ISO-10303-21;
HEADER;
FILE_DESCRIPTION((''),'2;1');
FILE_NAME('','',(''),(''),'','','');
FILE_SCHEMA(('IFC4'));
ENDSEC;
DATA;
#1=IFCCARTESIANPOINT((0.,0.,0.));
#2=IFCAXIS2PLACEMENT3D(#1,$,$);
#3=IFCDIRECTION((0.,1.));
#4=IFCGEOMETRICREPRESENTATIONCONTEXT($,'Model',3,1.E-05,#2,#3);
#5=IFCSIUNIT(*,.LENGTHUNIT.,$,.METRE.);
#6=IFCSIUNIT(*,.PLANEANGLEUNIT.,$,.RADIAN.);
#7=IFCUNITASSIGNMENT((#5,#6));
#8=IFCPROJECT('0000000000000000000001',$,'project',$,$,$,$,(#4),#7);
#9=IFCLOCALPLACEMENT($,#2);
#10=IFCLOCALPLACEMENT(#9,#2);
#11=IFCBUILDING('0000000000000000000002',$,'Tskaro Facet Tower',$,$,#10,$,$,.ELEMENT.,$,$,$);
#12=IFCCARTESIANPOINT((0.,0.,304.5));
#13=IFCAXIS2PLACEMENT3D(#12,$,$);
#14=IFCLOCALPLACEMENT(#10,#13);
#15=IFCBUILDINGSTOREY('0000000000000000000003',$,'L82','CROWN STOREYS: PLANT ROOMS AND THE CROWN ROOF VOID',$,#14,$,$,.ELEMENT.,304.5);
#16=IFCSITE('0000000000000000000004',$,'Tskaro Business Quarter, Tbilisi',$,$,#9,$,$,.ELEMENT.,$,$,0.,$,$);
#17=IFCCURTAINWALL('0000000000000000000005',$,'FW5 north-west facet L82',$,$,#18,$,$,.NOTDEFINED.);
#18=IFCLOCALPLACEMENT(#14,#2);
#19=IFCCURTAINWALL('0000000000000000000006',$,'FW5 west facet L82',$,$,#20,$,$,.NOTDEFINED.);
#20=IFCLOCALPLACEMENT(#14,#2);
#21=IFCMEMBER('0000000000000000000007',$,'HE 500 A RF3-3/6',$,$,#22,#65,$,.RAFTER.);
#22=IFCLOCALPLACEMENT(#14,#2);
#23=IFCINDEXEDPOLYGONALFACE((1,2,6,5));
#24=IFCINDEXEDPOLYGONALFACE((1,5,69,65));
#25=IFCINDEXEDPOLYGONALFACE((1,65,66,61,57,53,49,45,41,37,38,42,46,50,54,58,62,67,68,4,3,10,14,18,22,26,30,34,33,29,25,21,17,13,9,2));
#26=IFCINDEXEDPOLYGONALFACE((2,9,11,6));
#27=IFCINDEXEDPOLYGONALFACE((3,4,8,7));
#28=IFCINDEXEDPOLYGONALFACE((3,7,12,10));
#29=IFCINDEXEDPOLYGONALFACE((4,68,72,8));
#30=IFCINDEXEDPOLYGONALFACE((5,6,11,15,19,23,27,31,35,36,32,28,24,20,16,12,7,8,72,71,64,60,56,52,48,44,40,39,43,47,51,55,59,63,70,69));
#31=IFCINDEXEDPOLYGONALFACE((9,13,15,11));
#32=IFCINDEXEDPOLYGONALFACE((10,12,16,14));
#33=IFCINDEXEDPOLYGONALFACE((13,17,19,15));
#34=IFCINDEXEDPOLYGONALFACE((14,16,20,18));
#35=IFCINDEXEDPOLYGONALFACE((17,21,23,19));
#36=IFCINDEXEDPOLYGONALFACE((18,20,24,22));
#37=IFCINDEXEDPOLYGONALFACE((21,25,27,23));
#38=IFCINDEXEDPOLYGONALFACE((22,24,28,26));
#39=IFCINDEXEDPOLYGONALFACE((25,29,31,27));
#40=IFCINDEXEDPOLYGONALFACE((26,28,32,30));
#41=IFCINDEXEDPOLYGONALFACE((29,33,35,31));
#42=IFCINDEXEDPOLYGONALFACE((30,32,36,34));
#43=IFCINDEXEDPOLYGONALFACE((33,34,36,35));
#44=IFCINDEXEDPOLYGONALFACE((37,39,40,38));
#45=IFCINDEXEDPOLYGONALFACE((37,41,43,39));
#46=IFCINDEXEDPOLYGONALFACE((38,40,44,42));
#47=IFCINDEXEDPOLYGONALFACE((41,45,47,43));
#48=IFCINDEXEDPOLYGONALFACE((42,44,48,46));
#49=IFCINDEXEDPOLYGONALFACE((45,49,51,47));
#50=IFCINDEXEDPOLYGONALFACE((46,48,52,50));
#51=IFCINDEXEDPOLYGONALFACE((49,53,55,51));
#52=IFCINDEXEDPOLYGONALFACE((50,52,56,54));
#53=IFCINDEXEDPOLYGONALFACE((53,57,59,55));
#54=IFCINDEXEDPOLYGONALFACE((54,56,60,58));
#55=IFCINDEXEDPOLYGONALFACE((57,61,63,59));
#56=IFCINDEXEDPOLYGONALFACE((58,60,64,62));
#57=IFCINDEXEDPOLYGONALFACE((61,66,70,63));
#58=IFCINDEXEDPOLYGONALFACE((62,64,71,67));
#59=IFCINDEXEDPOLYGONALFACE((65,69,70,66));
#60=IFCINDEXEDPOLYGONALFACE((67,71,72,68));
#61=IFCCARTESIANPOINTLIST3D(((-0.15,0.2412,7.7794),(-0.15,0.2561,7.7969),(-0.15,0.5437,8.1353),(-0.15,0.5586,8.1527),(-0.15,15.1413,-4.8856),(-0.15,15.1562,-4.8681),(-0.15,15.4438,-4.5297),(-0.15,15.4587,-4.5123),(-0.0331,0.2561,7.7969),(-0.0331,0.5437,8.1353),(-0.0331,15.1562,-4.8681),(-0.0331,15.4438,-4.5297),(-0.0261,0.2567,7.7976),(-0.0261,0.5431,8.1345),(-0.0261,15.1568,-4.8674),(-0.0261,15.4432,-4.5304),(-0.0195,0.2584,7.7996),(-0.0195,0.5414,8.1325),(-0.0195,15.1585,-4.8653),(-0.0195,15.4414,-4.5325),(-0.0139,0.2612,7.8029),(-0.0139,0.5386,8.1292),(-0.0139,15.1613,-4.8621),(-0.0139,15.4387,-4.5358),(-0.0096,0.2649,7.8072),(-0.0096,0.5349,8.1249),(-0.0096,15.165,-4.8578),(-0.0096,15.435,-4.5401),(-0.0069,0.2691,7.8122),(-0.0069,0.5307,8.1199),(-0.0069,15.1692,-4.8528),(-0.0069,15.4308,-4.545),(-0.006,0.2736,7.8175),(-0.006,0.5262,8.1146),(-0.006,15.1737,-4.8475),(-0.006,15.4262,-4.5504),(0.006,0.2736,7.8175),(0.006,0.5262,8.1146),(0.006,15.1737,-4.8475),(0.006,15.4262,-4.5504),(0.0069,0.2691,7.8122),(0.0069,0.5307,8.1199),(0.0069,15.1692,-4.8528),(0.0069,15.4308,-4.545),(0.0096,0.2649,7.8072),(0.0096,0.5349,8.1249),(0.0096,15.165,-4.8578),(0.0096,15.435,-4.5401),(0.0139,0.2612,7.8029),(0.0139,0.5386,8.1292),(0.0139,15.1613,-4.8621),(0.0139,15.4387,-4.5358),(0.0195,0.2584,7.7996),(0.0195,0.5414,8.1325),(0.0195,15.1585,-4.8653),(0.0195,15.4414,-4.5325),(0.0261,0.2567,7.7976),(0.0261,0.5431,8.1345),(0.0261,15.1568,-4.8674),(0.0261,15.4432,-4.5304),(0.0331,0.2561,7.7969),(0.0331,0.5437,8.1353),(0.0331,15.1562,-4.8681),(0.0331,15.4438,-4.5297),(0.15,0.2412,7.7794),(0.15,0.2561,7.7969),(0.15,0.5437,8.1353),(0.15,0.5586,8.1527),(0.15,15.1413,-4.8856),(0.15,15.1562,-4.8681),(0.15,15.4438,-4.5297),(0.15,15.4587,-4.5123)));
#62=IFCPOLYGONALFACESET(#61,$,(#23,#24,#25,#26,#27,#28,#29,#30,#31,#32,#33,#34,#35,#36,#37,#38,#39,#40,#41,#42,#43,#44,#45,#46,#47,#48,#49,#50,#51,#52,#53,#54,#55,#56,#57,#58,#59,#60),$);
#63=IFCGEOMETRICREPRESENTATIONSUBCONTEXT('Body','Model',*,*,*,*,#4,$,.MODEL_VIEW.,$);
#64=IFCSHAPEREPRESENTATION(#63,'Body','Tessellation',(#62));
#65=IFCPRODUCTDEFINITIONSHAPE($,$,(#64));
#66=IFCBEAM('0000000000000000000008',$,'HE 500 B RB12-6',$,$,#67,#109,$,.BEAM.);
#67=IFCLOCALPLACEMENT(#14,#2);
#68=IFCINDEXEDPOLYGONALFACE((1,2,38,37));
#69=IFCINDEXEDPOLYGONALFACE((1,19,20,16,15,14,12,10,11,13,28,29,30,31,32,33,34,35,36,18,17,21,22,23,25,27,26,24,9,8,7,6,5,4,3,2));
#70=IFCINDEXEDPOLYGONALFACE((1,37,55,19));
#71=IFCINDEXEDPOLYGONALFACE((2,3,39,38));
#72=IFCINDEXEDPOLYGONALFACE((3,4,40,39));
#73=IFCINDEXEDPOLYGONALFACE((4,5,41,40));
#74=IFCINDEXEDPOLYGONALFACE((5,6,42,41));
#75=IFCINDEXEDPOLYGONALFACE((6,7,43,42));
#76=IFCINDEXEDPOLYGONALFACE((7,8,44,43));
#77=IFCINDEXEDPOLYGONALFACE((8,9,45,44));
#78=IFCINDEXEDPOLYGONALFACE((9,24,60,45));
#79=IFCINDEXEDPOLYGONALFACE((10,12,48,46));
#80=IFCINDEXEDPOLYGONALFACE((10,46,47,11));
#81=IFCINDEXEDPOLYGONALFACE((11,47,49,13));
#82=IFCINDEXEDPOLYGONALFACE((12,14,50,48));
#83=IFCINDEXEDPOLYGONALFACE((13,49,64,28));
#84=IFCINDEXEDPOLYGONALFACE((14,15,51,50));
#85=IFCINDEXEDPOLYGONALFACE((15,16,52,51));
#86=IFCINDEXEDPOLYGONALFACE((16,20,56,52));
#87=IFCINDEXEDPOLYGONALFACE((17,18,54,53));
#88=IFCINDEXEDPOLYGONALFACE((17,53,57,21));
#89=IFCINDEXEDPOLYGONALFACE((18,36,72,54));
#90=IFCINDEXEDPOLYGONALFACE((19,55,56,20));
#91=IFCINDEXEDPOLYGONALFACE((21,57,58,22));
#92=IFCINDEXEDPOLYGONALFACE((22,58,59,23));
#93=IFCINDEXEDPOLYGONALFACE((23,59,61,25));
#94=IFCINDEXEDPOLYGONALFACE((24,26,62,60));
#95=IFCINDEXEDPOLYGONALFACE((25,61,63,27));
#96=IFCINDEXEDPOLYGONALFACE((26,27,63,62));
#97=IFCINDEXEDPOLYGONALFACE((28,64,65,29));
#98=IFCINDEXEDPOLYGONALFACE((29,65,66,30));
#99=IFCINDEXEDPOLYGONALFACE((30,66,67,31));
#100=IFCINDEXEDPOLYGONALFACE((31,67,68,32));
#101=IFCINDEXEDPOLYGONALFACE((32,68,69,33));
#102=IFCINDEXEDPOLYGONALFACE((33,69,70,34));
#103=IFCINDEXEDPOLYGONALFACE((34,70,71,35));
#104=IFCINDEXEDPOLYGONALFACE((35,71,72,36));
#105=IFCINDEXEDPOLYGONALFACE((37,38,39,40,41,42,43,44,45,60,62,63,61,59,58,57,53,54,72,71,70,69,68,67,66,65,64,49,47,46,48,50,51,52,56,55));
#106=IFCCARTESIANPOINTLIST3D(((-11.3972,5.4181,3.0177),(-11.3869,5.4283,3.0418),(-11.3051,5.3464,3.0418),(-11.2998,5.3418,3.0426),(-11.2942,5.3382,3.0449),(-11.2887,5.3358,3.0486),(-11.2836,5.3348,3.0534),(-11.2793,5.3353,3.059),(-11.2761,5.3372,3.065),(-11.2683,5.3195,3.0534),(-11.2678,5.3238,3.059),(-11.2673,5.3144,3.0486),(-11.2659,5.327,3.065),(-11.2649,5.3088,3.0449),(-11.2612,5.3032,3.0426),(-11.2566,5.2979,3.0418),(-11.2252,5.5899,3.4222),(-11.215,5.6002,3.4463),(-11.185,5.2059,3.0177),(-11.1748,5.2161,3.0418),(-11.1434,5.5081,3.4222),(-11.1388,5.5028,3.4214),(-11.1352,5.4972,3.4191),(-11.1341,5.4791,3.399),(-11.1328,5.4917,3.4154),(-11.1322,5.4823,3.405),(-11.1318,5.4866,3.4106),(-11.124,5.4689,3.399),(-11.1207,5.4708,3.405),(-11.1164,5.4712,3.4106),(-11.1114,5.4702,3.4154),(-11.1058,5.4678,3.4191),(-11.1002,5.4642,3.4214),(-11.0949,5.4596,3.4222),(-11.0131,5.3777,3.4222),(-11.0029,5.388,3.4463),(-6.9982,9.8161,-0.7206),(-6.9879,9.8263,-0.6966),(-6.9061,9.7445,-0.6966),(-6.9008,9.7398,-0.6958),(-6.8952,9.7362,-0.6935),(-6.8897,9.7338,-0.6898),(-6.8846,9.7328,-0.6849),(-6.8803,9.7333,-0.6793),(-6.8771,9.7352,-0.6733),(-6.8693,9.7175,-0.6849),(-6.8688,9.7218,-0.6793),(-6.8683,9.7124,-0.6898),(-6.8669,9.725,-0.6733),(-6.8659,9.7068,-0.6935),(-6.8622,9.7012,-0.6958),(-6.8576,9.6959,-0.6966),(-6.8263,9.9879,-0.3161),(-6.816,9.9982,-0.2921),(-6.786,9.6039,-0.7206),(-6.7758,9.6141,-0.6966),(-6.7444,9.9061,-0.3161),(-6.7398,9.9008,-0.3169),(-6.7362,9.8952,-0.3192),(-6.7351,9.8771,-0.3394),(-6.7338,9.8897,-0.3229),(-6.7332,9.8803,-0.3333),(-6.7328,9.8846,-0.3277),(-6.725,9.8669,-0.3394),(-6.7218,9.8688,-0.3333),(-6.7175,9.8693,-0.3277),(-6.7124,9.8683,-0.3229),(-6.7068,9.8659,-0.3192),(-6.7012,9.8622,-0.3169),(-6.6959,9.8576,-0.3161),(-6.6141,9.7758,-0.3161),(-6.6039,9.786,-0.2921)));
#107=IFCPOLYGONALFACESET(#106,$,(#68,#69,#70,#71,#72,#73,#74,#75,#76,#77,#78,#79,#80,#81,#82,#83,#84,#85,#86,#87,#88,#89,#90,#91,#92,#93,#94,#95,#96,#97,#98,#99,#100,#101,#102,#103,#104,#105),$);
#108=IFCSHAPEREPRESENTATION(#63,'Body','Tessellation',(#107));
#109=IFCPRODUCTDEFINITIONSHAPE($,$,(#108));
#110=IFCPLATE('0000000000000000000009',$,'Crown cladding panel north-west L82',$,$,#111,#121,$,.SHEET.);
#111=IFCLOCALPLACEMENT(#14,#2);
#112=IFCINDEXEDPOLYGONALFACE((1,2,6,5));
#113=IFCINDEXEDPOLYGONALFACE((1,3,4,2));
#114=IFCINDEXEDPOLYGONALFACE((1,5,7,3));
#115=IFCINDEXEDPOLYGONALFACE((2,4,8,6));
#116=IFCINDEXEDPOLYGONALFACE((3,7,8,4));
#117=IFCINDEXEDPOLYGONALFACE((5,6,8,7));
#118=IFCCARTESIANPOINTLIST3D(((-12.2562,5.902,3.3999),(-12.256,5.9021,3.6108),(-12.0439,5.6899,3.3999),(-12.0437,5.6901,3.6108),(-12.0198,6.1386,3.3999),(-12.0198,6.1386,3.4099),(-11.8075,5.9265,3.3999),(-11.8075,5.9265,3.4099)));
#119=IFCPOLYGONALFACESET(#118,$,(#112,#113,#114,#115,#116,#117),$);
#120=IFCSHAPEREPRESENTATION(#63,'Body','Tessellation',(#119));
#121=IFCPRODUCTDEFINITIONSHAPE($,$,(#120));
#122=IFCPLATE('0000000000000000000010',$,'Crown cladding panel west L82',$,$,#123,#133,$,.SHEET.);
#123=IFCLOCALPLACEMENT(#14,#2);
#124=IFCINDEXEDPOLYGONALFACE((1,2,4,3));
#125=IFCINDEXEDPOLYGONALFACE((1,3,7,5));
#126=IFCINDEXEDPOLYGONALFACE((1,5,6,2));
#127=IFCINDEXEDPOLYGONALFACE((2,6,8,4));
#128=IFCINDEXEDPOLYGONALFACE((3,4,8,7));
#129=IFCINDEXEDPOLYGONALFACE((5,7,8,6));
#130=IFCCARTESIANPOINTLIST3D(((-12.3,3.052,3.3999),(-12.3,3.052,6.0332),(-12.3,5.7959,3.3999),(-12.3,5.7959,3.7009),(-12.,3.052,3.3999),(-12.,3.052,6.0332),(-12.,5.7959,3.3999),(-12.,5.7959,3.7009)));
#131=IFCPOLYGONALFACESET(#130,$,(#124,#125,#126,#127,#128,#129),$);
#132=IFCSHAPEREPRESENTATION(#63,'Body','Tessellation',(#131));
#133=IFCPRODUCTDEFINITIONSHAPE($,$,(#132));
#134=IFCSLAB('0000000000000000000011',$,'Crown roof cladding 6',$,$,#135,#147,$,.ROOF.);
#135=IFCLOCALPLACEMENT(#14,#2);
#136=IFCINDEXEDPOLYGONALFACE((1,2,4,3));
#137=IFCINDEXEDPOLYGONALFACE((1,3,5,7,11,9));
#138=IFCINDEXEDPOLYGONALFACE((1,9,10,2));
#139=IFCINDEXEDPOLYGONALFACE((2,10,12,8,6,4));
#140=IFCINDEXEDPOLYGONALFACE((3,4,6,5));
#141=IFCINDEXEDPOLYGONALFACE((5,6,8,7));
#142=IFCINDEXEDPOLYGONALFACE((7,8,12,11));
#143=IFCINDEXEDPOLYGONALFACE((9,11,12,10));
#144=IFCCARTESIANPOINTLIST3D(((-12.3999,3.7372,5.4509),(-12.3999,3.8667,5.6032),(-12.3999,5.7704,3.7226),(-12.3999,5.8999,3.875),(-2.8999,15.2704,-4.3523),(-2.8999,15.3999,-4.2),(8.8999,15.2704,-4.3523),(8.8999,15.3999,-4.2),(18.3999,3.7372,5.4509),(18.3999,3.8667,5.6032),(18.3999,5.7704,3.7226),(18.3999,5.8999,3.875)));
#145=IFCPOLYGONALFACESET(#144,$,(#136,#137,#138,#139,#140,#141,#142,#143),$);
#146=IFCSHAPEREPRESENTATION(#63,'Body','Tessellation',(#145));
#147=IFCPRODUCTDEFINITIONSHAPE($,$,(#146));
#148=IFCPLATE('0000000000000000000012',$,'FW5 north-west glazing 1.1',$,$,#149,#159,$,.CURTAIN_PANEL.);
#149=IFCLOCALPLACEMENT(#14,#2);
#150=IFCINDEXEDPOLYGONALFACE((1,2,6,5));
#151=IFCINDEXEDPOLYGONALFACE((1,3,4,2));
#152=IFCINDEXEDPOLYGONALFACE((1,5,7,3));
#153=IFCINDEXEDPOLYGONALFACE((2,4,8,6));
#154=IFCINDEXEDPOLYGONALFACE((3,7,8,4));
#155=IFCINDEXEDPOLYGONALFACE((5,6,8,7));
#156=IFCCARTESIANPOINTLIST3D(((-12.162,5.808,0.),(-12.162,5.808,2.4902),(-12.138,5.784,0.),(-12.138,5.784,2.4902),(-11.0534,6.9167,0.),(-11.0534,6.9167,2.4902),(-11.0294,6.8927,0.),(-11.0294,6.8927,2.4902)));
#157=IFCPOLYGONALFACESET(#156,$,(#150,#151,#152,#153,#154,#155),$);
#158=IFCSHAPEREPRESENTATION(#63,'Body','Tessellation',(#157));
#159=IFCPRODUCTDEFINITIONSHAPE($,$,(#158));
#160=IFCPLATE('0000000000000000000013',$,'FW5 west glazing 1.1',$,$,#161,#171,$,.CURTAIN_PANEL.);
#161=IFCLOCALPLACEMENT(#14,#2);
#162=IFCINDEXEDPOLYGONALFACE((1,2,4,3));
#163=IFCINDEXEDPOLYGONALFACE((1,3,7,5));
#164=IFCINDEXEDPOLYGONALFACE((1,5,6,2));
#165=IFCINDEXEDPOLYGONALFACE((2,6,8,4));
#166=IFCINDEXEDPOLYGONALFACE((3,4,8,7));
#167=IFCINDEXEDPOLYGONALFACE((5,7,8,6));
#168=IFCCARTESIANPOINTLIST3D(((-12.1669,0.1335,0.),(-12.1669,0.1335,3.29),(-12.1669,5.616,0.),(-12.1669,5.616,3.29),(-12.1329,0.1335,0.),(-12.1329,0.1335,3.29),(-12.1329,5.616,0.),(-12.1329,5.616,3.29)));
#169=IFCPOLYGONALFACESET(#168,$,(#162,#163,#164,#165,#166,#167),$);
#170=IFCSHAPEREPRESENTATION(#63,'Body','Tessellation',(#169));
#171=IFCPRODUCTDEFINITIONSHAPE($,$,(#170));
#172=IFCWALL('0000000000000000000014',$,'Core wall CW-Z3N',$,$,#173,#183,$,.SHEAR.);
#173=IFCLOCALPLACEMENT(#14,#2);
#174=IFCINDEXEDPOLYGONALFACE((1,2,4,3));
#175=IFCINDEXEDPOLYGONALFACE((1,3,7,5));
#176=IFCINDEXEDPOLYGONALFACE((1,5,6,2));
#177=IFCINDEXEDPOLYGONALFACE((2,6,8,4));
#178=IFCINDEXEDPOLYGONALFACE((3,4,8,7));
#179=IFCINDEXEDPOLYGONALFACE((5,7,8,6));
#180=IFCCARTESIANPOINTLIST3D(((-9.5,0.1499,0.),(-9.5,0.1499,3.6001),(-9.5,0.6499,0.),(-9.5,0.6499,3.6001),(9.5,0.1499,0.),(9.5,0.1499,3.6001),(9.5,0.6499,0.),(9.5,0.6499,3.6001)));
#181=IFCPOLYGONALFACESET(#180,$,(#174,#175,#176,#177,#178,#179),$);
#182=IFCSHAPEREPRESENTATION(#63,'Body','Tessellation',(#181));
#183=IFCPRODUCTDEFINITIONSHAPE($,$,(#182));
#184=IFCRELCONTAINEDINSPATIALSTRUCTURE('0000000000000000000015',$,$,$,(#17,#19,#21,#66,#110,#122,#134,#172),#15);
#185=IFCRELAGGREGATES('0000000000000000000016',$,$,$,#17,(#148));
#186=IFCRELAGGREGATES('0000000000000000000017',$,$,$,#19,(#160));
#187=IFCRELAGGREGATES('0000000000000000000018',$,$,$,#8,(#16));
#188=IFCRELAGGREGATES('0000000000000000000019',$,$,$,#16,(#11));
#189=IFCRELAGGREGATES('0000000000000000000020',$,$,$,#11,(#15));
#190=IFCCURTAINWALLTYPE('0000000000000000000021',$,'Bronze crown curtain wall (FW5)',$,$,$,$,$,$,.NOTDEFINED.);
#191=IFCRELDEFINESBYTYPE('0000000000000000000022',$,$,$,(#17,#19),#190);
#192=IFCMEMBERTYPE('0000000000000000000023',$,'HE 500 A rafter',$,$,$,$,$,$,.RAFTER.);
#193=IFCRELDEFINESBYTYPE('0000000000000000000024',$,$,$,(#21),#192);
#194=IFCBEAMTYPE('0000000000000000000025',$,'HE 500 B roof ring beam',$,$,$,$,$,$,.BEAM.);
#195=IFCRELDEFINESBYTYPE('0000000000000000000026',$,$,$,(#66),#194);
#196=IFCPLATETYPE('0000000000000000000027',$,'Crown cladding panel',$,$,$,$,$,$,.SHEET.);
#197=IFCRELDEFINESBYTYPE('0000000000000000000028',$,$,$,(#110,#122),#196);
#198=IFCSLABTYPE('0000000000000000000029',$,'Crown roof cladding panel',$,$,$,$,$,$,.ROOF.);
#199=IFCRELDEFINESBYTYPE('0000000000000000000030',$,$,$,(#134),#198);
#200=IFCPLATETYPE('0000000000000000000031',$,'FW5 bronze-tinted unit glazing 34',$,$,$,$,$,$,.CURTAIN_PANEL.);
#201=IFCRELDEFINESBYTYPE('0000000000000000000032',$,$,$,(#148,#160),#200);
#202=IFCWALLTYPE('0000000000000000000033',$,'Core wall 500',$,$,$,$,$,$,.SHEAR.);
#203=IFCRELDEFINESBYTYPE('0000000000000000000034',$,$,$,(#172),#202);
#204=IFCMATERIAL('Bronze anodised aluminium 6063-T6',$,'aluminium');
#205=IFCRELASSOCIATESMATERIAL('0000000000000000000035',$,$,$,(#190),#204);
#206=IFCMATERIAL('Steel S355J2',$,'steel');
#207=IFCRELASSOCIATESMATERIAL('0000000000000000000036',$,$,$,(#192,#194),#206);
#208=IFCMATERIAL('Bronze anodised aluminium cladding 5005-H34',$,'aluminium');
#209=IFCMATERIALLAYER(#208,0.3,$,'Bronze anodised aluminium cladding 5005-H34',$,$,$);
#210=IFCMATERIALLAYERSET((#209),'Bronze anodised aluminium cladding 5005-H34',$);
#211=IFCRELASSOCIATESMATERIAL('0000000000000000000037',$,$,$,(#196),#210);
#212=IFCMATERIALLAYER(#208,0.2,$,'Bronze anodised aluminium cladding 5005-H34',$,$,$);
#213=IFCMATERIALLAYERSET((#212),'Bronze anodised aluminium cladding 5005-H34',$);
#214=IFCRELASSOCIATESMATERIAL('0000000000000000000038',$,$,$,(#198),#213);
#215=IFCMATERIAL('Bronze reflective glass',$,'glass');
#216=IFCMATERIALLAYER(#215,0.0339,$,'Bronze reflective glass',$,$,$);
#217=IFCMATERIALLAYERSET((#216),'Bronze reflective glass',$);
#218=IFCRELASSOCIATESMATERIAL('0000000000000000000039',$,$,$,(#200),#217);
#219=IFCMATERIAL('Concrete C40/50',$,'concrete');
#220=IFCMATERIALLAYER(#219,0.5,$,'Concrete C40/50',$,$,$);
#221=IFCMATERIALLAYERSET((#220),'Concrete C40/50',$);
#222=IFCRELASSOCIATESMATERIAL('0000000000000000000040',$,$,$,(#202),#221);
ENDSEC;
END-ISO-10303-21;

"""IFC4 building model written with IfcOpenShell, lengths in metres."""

from ifc_helpers import new_model, si_unit, direction, frame, origin, origin_2d, place, context, subcontext, project, spatial, polyline, rectangle, i_section, outline, extrude, material, layer, layer_set, material_profile, profile_set, type_object, element, aggregate, save


model = new_model("IFC4")

# Units and contexts
model_context = context("Model", 3, precision=1e-05, world=origin(), true_north=direction((0.0, 1.0)))
body_context = subcontext(model_context, "Body", "Model", "MODEL_VIEW")
ifc_project = project(units=[si_unit("LENGTHUNIT", "METRE"), si_unit("PLANEANGLEUNIT", "RADIAN")], contexts=[model_context])

# Site, building, storey
site_placement = place(None, origin())
site = spatial("IfcSite", under=ifc_project, at=site_placement, Name="Tskaro Business Quarter, Tbilisi", CompositionType="ELEMENT", RefElevation=0.0)
building_placement = place(site_placement, origin())
building = spatial("IfcBuilding", under=site, at=building_placement, Name="Tskaro Facet Tower", CompositionType="ELEMENT")
storey_placement = place(building_placement, frame((0.0, 0.0, 304.5)))
storey = spatial("IfcBuildingStorey", under=building, at=storey_placement, Name="L82", Description="CROWN STOREYS: PLANT ROOMS AND THE CROWN ROOF VOID", CompositionType="ELEMENT", Elevation=304.5)

# Curtain walls
ifc_material_1 = material(Name="Bronze anodised aluminium 6063-T6", Category="aluminium")
curtain_wall_type = type_object("IfcCurtainWallType", Name="Bronze crown curtain wall (FW5)", PredefinedType="NOTDEFINED", material=ifc_material_1)
curtain_wall_1_placement = place(storey_placement, origin())
curtain_wall_1 = element("IfcCurtainWall", 1, at=curtain_wall_1_placement, inside=storey, type_object=curtain_wall_type, Name="FW5 north-west facet L82", PredefinedType="NOTDEFINED")
curtain_wall_2_placement = place(storey_placement, origin())
curtain_wall_2 = element("IfcCurtainWall", 2, at=curtain_wall_2_placement, inside=storey, type_object=curtain_wall_type, Name="FW5 west facet L82", PredefinedType="NOTDEFINED")

# Member
ifc_material_2 = material(Name="Steel S355J2", Category="steel")
ifc_material_profile_1 = material_profile(ifc_material_2, i_section(OverallWidth=0.3, OverallDepth=0.49, WebThickness=0.012, FlangeThickness=0.0229, FilletRadius=0.0271, at=origin_2d()), Name="HE 500 A")
ifc_profile_set_1 = profile_set([ifc_material_profile_1], Name="Steel S355J2")
member_type_1 = type_object("IfcMemberType", Name="HE 500 A rafter", PredefinedType="RAFTER", material=ifc_profile_set_1)
member_1_placement = place(storey_placement, frame((0.0, 0.3999, 7.9661), z_axis=(0.0, 0.761941, -0.647646), x_axis=(-1.0, 0.0, 0.0)))
element("IfcMember", 3, at=member_1_placement, inside=storey, type_object=member_type_1, Name="HE 500 A RF3-3/6", PredefinedType="RAFTER", context=body_context, shape_type="SweptSolid", body=[
    extrude(i_section(OverallWidth=0.3, OverallDepth=0.49, WebThickness=0.012, FlangeThickness=0.0229, FilletRadius=0.0271, at=origin_2d()), origin(), (0.0, 0.0, 1.0), 19.5554),
])

# Beam
ifc_material_profile_2 = material_profile(ifc_material_2, i_section(OverallWidth=0.3, OverallDepth=0.5, WebThickness=0.0144, FlangeThickness=0.0281, FilletRadius=0.0271, at=origin_2d()), Name="HE 500 B")
ifc_profile_set_2 = profile_set([ifc_material_profile_2], Name="Steel S355J2")
beam_type = type_object("IfcBeamType", Name="HE 500 B roof ring beam", PredefinedType="BEAM", material=ifc_profile_set_2)
beam_placement = place(storey_placement, frame((-6.801, 9.801, -0.5063), z_axis=(-0.606145, -0.60601, 0.515112), x_axis=(0.707028, -0.707185, 0.0)))
element("IfcBeam", 4, at=beam_placement, inside=storey, type_object=beam_type, Name="HE 500 B RB12-6", PredefinedType="BEAM", context=body_context, shape_type="SweptSolid", body=[
    extrude(i_section(OverallWidth=0.3, OverallDepth=0.5, WebThickness=0.0144, FlangeThickness=0.0281, FilletRadius=0.0271, at=origin_2d()), origin(), (0.0, 0.0, 1.0), 7.2573),
])

# Plates
ifc_material_3 = material(Name="Bronze anodised aluminium cladding 5005-H34", Category="aluminium")
ifc_layer_1 = layer(ifc_material_3, 0.3, Name="Bronze anodised aluminium cladding 5005-H34")
ifc_layer_set_1 = layer_set([ifc_layer_1], Name="Bronze anodised aluminium cladding 5005-H34")
plate_type_1 = type_object("IfcPlateType", Name="Crown cladding panel", PredefinedType="SHEET", material=ifc_layer_set_1)
plate_1_placement = place(storey_placement, frame((-11.9136, 6.0325, 3.3999), z_axis=(0.0, 0.0, 1.0), x_axis=(-0.706742, -0.707472, 0.0)))
element("IfcPlate", 5, at=plate_1_placement, inside=storey, type_object=plate_type_1, Name="Crown cladding panel north-west L82", PredefinedType="SHEET", context=body_context, shape_type="SweptSolid", body=[
    extrude(outline(polyline([(0.0, 0.0), (0.3345, 0.0), (0.3342, 0.2109), (0.0, 0.01), (0.0, 0.0)])), frame((0.0, 0.1499, 0.0), z_axis=(0.0, -1.0, 0.0), x_axis=(1.0, 0.0, 0.0)), (0.0, 0.0, 1.0), 0.3),
])
plate_2_placement = place(storey_placement, frame((-12.1499, 5.7959, 3.3999), z_axis=(0.0, 0.0, 1.0), x_axis=(0.0, -1.0, 0.0)))
element("IfcPlate", 6, at=plate_2_placement, inside=storey, type_object=plate_type_1, Name="Crown cladding panel west L82", PredefinedType="SHEET", context=body_context, shape_type="SweptSolid", body=[
    extrude(outline(polyline([(0.0, 0.0), (2.7439, 0.0), (2.7439, 2.6333), (0.0, 0.301), (0.0, 0.0)])), frame((0.0, 0.1499, 0.0), z_axis=(0.0, -1.0, 0.0), x_axis=(1.0, 0.0, 0.0)), (0.0, 0.0, 1.0), 0.3),
])

# Slab
ifc_layer_2 = layer(ifc_material_3, 0.2, Name="Bronze anodised aluminium cladding 5005-H34")
ifc_layer_set_2 = layer_set([ifc_layer_2], Name="Bronze anodised aluminium cladding 5005-H34")
slab_type = type_object("IfcSlabType", Name="Crown roof cladding panel", PredefinedType="ROOF", material=ifc_layer_set_2)
slab_placement = place(storey_placement, frame((-12.3999, 5.8999, 3.875), z_axis=(0.0, 0.647649, 0.761939), x_axis=(0.606062, 0.60606, -0.515152)))
element("IfcSlab", 7, at=slab_placement, inside=storey, type_object=slab_type, Name="Crown roof cladding 6", PredefinedType="ROOF", context=body_context, shape_type="SweptSolid", body=[
    extrude(outline(polyline([(0.0, 0.0), (15.675, 0.0), (22.8264, -9.3858), (18.6666, -24.4987), (16.544, -26.116), (-2.1226, -1.6173), (0.0, 0.0)])), origin(), (0.0, 0.0, -1.0), 0.2),
])

# Plates
ifc_material_4 = material(Name="Bronze reflective glass", Category="glass")
ifc_layer_3 = layer(ifc_material_4, 0.0339, Name="Bronze reflective glass")
ifc_layer_set_3 = layer_set([ifc_layer_3], Name="Bronze reflective glass")
plate_type_2 = type_object("IfcPlateType", Name="FW5 bronze-tinted unit glazing 34", PredefinedType="CURTAIN_PANEL", material=ifc_layer_set_3)
plate_3_placement = place(storey_placement, frame((-11.5957, 6.3503, 0.0), z_axis=(0.0, 0.0, 1.0), x_axis=(-0.707107, -0.707107, 0.0)))
plate_3 = element("IfcPlate", 8, at=plate_3_placement, type_object=plate_type_2, Name="FW5 north-west glazing 1.1", PredefinedType="CURTAIN_PANEL", context=body_context, shape_type="SweptSolid", body=[
    extrude(rectangle(XDim=1.5679, YDim=0.0339, at=origin_2d()), origin(), (0.0, 0.0, 1.0), 2.4902),
])
aggregate(curtain_wall_1, [plate_3])
plate_4_placement = place(storey_placement, frame((-12.1499, 2.8748, 0.0), z_axis=(0.0, 0.0, 1.0), x_axis=(0.0, -1.0, 0.0)))
plate_4 = element("IfcPlate", 9, at=plate_4_placement, type_object=plate_type_2, Name="FW5 west glazing 1.1", PredefinedType="CURTAIN_PANEL", context=body_context, shape_type="SweptSolid", body=[
    extrude(rectangle(XDim=5.4824, YDim=0.0339, at=origin_2d()), origin(), (0.0, 0.0, 1.0), 3.29),
])
aggregate(curtain_wall_2, [plate_4])

# Wall
ifc_material_5 = material(Name="Concrete C40/50", Category="concrete")
ifc_layer_4 = layer(ifc_material_5, 0.5, Name="Concrete C40/50")
ifc_layer_set_4 = layer_set([ifc_layer_4], Name="Concrete C40/50")
wall_type_1 = type_object("IfcWallType", Name="Core wall 500", PredefinedType="SHEAR", material=ifc_layer_set_4)
wall_1_placement = place(storey_placement, frame((-9.5, 0.3999, 0.0), z_axis=(0.0, 0.0, 1.0), x_axis=(1.0, 0.0, 0.0)))
element("IfcWall", 10, at=wall_1_placement, inside=storey, type_object=wall_type_1, Name="Core wall CW-Z3N", PredefinedType="SHEAR", context=body_context, shape_type="SweptSolid", body=[
    extrude(outline(polyline([(0.0, 0.0), (19.0, 0.0), (19.0, 3.6001), (0.0, 3.6001), (0.0, 0.0)])), frame((0.0, 0.25, 0.0), z_axis=(0.0, -1.0, 0.0), x_axis=(1.0, 0.0, 0.0)), (0.0, 0.0, 1.0), 0.5),
])

save(model, "model.ifc")
